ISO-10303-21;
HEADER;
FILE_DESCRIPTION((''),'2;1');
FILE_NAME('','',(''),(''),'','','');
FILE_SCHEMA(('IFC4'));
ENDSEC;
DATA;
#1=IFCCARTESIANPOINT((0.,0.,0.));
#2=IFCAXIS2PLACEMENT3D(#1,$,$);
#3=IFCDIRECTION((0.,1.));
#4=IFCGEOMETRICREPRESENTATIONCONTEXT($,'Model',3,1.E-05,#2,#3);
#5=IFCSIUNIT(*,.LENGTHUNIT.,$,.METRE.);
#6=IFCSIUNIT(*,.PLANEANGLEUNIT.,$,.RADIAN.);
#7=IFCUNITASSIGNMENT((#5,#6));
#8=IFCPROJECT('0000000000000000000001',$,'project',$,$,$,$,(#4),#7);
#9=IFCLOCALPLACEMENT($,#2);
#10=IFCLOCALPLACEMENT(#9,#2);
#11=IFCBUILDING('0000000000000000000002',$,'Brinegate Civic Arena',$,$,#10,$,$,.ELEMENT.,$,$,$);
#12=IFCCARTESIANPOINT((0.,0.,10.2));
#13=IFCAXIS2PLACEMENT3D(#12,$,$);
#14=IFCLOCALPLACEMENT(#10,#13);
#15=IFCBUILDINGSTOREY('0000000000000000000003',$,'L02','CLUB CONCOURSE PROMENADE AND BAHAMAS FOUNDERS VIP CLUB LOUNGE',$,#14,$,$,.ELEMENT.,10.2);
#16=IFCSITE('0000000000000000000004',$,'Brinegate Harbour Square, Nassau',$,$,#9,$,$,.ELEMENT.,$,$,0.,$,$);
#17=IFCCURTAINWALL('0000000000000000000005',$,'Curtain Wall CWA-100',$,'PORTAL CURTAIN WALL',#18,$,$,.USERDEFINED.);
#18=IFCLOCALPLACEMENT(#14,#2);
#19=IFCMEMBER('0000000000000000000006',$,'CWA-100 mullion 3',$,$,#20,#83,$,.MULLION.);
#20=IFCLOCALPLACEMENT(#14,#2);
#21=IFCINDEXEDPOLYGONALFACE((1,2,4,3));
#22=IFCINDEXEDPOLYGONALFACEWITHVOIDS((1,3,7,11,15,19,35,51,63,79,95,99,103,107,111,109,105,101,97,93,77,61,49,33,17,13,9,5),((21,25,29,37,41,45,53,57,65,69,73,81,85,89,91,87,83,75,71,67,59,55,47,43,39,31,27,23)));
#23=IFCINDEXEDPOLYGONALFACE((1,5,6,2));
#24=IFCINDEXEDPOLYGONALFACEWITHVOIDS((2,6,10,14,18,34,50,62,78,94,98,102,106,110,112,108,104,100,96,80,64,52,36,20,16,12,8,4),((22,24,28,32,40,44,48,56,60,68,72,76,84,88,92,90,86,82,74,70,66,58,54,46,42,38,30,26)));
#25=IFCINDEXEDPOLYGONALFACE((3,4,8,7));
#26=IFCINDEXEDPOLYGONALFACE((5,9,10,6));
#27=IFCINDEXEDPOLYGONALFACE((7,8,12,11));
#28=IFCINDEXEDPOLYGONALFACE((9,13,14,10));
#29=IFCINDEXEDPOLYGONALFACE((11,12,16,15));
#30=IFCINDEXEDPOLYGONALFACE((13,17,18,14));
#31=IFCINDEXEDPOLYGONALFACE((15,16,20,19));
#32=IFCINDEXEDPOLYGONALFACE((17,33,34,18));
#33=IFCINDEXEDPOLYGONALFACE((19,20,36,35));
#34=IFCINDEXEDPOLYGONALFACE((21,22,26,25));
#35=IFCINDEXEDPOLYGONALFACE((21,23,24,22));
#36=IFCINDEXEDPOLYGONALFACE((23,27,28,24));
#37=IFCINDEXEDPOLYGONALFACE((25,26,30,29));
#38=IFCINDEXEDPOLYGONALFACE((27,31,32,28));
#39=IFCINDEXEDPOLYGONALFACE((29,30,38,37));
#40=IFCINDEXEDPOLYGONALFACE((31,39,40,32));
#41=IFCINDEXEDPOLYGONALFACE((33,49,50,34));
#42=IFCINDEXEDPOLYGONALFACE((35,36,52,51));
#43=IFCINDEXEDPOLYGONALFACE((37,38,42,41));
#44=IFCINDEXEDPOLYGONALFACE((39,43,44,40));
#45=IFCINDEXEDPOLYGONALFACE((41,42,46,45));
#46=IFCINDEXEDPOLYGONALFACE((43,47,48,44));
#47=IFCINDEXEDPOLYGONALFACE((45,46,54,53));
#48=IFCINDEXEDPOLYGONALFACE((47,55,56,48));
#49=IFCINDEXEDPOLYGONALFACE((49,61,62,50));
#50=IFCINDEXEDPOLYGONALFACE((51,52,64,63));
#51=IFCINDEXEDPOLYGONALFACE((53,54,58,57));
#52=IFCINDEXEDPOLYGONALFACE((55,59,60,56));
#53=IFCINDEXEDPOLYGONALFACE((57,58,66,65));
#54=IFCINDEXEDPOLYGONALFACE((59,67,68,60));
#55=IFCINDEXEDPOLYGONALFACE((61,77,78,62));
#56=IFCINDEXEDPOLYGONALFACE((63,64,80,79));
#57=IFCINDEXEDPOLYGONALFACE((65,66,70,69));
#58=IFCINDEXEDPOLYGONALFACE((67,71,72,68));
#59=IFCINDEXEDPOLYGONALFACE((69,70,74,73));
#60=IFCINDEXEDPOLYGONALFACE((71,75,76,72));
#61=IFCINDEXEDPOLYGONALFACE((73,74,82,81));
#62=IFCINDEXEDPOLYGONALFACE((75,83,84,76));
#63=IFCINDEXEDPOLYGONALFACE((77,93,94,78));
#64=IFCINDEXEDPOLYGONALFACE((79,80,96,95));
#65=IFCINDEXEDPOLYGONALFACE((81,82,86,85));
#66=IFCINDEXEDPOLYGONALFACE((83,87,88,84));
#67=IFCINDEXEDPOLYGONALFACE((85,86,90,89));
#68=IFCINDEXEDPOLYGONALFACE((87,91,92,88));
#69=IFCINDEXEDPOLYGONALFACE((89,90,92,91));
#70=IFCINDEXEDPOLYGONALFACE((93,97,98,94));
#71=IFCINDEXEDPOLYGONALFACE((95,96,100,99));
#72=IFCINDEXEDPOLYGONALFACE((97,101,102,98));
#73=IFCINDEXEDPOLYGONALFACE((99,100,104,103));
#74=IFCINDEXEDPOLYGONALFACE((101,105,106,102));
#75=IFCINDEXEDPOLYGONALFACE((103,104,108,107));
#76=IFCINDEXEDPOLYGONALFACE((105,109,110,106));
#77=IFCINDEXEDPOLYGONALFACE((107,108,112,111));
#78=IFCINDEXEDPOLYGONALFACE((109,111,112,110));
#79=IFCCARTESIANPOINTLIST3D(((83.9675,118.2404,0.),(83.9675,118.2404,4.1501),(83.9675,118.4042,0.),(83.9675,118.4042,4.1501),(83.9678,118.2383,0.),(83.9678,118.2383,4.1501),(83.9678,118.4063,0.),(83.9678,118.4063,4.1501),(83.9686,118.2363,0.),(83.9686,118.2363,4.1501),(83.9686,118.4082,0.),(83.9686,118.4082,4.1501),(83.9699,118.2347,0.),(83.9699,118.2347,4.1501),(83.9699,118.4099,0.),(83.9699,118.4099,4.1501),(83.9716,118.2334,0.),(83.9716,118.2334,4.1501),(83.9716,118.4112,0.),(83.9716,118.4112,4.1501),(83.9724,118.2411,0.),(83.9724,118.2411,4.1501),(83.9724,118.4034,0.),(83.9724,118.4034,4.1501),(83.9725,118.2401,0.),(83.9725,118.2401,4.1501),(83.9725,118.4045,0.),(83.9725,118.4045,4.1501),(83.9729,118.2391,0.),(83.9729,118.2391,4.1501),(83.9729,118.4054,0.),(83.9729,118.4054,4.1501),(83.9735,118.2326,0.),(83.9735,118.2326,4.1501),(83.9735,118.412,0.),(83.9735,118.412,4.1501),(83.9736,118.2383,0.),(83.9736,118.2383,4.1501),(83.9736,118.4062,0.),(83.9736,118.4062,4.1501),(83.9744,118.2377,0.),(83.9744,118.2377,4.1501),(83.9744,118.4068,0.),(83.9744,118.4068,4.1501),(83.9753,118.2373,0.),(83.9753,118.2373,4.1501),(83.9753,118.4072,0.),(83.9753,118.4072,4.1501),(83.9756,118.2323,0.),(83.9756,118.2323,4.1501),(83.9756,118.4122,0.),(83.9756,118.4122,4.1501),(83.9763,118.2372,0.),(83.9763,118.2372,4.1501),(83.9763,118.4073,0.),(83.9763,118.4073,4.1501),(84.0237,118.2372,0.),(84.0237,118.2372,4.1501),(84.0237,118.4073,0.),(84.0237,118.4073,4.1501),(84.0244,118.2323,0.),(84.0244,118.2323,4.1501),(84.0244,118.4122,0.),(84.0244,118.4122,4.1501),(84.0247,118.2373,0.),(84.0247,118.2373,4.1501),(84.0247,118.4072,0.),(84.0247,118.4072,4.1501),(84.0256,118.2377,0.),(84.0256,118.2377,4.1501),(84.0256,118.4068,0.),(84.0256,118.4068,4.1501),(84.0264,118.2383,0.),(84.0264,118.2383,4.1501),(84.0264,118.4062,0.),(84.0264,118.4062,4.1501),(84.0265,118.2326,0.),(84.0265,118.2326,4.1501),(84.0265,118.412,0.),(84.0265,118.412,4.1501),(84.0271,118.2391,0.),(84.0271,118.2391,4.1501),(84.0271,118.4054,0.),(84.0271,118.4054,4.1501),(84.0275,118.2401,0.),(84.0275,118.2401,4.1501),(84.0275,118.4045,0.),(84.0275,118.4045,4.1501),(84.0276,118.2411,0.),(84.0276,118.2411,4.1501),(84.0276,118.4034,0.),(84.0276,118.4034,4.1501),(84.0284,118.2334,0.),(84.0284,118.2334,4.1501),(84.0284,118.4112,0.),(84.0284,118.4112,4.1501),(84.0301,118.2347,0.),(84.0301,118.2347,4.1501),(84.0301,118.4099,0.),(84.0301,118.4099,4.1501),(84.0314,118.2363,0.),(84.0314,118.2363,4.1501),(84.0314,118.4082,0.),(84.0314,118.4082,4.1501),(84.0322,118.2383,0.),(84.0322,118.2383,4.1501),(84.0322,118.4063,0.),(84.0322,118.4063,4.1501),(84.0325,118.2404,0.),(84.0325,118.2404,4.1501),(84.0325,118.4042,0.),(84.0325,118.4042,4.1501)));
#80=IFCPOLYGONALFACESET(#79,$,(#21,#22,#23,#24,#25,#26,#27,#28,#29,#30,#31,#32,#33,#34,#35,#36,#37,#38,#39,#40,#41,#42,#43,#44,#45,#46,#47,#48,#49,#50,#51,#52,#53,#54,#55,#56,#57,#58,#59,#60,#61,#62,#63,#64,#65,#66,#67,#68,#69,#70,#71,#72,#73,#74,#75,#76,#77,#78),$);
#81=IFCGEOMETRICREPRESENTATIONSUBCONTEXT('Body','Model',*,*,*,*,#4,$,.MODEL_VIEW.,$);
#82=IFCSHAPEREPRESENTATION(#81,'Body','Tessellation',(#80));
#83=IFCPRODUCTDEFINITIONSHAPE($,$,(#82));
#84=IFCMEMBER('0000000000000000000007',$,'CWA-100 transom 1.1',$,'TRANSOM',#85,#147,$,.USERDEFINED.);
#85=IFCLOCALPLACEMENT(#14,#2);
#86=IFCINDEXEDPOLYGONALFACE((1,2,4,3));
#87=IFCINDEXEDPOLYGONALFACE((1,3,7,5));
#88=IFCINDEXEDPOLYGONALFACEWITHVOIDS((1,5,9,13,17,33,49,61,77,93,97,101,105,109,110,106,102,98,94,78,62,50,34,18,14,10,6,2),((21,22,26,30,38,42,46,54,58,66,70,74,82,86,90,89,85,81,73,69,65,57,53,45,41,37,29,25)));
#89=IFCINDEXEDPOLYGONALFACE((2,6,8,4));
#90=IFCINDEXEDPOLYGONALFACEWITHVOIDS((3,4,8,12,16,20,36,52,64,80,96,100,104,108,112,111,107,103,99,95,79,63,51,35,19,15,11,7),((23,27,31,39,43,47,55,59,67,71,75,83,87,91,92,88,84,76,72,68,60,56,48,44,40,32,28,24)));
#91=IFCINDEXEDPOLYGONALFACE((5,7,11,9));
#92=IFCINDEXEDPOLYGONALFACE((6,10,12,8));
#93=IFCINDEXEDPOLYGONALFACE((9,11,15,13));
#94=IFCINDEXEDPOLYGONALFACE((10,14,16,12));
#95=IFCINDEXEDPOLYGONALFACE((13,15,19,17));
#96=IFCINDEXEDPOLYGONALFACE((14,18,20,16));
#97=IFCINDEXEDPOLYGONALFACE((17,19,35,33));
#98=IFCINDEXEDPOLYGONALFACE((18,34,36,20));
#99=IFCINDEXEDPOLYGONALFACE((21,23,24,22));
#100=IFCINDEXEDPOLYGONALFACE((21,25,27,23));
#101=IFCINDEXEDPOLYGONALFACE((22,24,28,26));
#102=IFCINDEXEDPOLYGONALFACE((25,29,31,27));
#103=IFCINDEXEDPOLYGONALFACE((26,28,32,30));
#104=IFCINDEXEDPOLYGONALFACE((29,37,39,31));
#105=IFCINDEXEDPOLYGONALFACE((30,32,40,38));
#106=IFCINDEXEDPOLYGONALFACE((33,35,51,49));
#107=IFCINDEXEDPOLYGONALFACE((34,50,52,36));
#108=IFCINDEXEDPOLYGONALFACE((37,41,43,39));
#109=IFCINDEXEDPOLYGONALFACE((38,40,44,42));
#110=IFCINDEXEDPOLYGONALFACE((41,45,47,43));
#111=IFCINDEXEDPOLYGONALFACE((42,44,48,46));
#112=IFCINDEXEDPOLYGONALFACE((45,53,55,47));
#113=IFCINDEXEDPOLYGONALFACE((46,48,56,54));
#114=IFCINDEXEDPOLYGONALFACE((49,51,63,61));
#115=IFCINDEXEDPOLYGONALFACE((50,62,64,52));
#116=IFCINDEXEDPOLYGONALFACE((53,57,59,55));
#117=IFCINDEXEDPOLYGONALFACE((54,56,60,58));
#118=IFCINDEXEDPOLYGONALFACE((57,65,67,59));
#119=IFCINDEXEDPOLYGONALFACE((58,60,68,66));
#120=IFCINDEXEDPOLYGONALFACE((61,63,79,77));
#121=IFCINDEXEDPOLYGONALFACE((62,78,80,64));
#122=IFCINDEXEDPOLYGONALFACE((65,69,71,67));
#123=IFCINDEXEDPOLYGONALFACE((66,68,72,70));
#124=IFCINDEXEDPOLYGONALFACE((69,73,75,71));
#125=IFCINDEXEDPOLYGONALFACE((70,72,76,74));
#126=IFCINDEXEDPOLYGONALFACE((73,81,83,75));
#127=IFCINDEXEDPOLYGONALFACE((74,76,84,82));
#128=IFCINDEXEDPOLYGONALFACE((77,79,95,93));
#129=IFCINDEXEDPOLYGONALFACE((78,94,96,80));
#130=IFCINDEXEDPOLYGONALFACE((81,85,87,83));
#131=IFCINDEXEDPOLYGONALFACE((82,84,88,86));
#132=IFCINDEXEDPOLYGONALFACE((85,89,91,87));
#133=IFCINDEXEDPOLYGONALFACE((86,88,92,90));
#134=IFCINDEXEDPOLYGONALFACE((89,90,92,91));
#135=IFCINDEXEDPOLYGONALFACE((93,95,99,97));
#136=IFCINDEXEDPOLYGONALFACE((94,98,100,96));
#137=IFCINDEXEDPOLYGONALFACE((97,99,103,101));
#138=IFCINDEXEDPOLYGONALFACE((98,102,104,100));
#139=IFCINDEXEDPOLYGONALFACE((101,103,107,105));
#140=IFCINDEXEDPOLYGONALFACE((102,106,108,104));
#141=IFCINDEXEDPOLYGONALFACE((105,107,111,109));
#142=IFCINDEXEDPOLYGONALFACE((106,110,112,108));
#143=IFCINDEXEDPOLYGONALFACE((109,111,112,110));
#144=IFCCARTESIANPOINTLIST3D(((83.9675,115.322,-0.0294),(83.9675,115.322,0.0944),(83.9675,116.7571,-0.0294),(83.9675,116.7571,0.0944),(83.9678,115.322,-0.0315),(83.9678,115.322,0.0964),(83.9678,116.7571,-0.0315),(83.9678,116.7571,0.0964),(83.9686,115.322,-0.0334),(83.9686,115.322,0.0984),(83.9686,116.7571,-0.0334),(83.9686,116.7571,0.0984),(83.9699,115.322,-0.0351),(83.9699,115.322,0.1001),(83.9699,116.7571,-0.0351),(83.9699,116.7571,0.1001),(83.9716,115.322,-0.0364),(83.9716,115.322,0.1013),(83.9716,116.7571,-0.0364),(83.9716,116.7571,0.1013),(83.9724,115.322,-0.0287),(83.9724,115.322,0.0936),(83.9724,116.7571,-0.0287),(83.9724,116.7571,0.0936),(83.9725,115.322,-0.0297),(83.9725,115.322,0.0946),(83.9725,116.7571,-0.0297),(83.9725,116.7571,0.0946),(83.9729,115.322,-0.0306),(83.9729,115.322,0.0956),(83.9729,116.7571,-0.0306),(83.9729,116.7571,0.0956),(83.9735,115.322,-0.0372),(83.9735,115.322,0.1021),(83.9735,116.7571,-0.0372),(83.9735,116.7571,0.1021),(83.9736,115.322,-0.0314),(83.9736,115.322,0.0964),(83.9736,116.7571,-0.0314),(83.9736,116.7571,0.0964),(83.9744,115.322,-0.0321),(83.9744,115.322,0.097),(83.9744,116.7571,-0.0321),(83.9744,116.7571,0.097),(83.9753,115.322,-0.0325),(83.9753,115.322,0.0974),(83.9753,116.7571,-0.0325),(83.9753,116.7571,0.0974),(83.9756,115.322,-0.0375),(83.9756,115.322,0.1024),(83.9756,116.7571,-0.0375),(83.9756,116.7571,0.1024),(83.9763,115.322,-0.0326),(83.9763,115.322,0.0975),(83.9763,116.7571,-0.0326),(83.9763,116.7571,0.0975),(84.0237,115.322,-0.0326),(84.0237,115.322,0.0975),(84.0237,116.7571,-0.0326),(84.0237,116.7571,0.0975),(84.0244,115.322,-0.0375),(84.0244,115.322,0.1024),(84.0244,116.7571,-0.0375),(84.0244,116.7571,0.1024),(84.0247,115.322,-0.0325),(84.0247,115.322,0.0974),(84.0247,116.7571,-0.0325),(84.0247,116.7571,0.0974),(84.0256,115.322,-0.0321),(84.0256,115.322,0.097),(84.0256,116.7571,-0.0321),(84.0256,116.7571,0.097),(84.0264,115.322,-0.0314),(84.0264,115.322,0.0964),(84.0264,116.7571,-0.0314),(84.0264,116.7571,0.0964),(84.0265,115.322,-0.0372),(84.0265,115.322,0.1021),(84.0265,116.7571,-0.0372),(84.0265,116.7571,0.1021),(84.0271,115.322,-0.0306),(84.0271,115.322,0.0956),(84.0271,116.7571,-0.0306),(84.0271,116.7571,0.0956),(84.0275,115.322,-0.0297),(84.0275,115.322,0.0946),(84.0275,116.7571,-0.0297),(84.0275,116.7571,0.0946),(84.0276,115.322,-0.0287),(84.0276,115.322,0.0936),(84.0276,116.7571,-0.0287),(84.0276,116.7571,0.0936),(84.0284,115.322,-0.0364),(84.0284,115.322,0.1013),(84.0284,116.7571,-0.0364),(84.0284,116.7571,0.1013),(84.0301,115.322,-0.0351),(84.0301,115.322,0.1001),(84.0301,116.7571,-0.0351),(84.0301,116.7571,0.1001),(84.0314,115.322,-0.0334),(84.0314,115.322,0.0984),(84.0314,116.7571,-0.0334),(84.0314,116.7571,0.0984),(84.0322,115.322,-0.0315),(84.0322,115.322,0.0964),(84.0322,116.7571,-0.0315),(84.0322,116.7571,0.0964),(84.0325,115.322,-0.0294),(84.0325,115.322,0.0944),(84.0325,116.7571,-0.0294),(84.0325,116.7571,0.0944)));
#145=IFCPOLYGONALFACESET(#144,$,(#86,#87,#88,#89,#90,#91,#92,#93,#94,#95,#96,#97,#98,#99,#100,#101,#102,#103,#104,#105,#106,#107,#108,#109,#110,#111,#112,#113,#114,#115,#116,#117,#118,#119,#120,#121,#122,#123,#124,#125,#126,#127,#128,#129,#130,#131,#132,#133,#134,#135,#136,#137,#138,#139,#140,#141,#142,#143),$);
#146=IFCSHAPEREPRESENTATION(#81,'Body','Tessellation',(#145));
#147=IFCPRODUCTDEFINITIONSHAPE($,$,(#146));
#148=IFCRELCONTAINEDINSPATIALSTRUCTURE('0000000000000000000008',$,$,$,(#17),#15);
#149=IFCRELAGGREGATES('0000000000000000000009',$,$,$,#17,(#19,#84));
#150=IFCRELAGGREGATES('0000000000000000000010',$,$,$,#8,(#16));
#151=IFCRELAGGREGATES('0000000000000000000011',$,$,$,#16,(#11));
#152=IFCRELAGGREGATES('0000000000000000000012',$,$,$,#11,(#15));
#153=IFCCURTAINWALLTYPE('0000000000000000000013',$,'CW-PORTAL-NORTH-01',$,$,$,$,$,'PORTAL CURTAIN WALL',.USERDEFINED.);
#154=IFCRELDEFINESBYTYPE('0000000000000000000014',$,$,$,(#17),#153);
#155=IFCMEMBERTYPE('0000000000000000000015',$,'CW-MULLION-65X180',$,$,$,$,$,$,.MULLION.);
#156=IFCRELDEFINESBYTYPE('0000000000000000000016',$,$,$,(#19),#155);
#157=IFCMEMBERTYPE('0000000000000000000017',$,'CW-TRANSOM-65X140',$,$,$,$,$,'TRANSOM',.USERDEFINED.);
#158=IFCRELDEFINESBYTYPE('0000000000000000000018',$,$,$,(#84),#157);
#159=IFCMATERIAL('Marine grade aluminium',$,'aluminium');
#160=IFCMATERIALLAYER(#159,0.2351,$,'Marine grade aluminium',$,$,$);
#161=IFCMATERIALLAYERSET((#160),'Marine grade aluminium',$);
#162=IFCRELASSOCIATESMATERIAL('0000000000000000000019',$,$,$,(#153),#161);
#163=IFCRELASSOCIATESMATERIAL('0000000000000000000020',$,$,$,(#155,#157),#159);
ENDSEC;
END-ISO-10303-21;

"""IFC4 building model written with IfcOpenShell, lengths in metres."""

from ifc_helpers import new_model, si_unit, direction, frame, origin, origin_2d, place, context, subcontext, project, spatial, hollow_rectangle, extrude, material, layer, layer_set, material_profile, profile_set, type_object, element, aggregate, save


model = new_model("IFC4")

# Units and contexts
model_context = context("Model", 3, precision=1e-05, world=origin(), true_north=direction((0.0, 1.0)))
body_context = subcontext(model_context, "Body", "Model", "MODEL_VIEW")
ifc_project = project(units=[si_unit("LENGTHUNIT", "METRE"), si_unit("PLANEANGLEUNIT", "RADIAN")], contexts=[model_context])

# Site, building, storey
site_placement = place(None, origin())
site = spatial("IfcSite", under=ifc_project, at=site_placement, Name="Brinegate Harbour Square, Nassau", CompositionType="ELEMENT", RefElevation=0.0)
building_placement = place(site_placement, origin())
building = spatial("IfcBuilding", under=site, at=building_placement, Name="Brinegate Civic Arena", CompositionType="ELEMENT")
storey_placement = place(building_placement, frame((0.0, 0.0, 10.2)))
storey = spatial("IfcBuildingStorey", under=building, at=storey_placement, Name="L02", Description="CLUB CONCOURSE PROMENADE AND BAHAMAS FOUNDERS VIP CLUB LOUNGE", CompositionType="ELEMENT", Elevation=10.2)

# Curtain wall, members
ifc_material_1 = material(Name="Marine grade aluminium", Category="aluminium")
ifc_layer_1 = layer(ifc_material_1, 0.2351, Name="Marine grade aluminium")
ifc_layer_set_1 = layer_set([ifc_layer_1], Name="Marine grade aluminium")
curtain_wall_type = type_object("IfcCurtainWallType", Name="CW-PORTAL-NORTH-01", ElementType="PORTAL CURTAIN WALL", PredefinedType="USERDEFINED", material=ifc_layer_set_1)
curtain_wall_placement = place(storey_placement, origin())
curtain_wall = element("IfcCurtainWall", 1, at=curtain_wall_placement, inside=storey, type_object=curtain_wall_type, Name="Curtain Wall CWA-100", ObjectType="PORTAL CURTAIN WALL", PredefinedType="USERDEFINED")
ifc_material_profile_1 = material_profile(ifc_material_1, hollow_rectangle(XDim=0.0649, YDim=0.1799, WallThickness=0.0049, InnerFilletRadius=0.0039, OuterFilletRadius=0.0081, at=origin_2d()), Name="MUL65X180")
ifc_profile_set_1 = profile_set([ifc_material_profile_1], Name="Marine grade aluminium")
member_type_1 = type_object("IfcMemberType", Name="CW-MULLION-65X180", PredefinedType="MULLION", material=ifc_profile_set_1)
member_1_placement = place(storey_placement, frame((84.0, 118.3223, 0.0), z_axis=(0.0, 0.0, 1.0), x_axis=(-1.0, 0.0, 0.0)))
member_1 = element("IfcMember", 2, at=member_1_placement, type_object=member_type_1, Name="CWA-100 mullion 3", PredefinedType="MULLION", context=body_context, shape_type="SweptSolid", body=[
    extrude(hollow_rectangle(XDim=0.0649, YDim=0.1799, WallThickness=0.0049, InnerFilletRadius=0.0039, OuterFilletRadius=0.0081, at=origin_2d()), origin(), (0.0, 0.0, 1.0), 4.1501),
])
ifc_material_profile_2 = material_profile(ifc_material_1, hollow_rectangle(XDim=0.0649, YDim=0.1399, WallThickness=0.0049, InnerFilletRadius=0.0039, OuterFilletRadius=0.0081, at=origin_2d()), Name="TRN65X140")
ifc_profile_set_2 = profile_set([ifc_material_profile_2], Name="Marine grade aluminium")
member_type_2 = type_object("IfcMemberType", Name="CW-TRANSOM-65X140", ElementType="TRANSOM", PredefinedType="USERDEFINED", material=ifc_profile_set_2)
member_2_placement = place(storey_placement, frame((84.0, 115.322, 0.0325), z_axis=(0.0, 1.0, 0.0), x_axis=(-1.0, 0.0, 0.0)))
member_2 = element("IfcMember", 3, at=member_2_placement, type_object=member_type_2, Name="CWA-100 transom 1.1", ObjectType="TRANSOM", PredefinedType="USERDEFINED", context=body_context, shape_type="SweptSolid", body=[
    extrude(hollow_rectangle(XDim=0.0649, YDim=0.1399, WallThickness=0.0049, InnerFilletRadius=0.0039, OuterFilletRadius=0.0081, at=origin_2d()), origin(), (0.0, 0.0, 1.0), 1.4351),
])
aggregate(curtain_wall, [member_1, member_2])

save(model, "model.ifc")
